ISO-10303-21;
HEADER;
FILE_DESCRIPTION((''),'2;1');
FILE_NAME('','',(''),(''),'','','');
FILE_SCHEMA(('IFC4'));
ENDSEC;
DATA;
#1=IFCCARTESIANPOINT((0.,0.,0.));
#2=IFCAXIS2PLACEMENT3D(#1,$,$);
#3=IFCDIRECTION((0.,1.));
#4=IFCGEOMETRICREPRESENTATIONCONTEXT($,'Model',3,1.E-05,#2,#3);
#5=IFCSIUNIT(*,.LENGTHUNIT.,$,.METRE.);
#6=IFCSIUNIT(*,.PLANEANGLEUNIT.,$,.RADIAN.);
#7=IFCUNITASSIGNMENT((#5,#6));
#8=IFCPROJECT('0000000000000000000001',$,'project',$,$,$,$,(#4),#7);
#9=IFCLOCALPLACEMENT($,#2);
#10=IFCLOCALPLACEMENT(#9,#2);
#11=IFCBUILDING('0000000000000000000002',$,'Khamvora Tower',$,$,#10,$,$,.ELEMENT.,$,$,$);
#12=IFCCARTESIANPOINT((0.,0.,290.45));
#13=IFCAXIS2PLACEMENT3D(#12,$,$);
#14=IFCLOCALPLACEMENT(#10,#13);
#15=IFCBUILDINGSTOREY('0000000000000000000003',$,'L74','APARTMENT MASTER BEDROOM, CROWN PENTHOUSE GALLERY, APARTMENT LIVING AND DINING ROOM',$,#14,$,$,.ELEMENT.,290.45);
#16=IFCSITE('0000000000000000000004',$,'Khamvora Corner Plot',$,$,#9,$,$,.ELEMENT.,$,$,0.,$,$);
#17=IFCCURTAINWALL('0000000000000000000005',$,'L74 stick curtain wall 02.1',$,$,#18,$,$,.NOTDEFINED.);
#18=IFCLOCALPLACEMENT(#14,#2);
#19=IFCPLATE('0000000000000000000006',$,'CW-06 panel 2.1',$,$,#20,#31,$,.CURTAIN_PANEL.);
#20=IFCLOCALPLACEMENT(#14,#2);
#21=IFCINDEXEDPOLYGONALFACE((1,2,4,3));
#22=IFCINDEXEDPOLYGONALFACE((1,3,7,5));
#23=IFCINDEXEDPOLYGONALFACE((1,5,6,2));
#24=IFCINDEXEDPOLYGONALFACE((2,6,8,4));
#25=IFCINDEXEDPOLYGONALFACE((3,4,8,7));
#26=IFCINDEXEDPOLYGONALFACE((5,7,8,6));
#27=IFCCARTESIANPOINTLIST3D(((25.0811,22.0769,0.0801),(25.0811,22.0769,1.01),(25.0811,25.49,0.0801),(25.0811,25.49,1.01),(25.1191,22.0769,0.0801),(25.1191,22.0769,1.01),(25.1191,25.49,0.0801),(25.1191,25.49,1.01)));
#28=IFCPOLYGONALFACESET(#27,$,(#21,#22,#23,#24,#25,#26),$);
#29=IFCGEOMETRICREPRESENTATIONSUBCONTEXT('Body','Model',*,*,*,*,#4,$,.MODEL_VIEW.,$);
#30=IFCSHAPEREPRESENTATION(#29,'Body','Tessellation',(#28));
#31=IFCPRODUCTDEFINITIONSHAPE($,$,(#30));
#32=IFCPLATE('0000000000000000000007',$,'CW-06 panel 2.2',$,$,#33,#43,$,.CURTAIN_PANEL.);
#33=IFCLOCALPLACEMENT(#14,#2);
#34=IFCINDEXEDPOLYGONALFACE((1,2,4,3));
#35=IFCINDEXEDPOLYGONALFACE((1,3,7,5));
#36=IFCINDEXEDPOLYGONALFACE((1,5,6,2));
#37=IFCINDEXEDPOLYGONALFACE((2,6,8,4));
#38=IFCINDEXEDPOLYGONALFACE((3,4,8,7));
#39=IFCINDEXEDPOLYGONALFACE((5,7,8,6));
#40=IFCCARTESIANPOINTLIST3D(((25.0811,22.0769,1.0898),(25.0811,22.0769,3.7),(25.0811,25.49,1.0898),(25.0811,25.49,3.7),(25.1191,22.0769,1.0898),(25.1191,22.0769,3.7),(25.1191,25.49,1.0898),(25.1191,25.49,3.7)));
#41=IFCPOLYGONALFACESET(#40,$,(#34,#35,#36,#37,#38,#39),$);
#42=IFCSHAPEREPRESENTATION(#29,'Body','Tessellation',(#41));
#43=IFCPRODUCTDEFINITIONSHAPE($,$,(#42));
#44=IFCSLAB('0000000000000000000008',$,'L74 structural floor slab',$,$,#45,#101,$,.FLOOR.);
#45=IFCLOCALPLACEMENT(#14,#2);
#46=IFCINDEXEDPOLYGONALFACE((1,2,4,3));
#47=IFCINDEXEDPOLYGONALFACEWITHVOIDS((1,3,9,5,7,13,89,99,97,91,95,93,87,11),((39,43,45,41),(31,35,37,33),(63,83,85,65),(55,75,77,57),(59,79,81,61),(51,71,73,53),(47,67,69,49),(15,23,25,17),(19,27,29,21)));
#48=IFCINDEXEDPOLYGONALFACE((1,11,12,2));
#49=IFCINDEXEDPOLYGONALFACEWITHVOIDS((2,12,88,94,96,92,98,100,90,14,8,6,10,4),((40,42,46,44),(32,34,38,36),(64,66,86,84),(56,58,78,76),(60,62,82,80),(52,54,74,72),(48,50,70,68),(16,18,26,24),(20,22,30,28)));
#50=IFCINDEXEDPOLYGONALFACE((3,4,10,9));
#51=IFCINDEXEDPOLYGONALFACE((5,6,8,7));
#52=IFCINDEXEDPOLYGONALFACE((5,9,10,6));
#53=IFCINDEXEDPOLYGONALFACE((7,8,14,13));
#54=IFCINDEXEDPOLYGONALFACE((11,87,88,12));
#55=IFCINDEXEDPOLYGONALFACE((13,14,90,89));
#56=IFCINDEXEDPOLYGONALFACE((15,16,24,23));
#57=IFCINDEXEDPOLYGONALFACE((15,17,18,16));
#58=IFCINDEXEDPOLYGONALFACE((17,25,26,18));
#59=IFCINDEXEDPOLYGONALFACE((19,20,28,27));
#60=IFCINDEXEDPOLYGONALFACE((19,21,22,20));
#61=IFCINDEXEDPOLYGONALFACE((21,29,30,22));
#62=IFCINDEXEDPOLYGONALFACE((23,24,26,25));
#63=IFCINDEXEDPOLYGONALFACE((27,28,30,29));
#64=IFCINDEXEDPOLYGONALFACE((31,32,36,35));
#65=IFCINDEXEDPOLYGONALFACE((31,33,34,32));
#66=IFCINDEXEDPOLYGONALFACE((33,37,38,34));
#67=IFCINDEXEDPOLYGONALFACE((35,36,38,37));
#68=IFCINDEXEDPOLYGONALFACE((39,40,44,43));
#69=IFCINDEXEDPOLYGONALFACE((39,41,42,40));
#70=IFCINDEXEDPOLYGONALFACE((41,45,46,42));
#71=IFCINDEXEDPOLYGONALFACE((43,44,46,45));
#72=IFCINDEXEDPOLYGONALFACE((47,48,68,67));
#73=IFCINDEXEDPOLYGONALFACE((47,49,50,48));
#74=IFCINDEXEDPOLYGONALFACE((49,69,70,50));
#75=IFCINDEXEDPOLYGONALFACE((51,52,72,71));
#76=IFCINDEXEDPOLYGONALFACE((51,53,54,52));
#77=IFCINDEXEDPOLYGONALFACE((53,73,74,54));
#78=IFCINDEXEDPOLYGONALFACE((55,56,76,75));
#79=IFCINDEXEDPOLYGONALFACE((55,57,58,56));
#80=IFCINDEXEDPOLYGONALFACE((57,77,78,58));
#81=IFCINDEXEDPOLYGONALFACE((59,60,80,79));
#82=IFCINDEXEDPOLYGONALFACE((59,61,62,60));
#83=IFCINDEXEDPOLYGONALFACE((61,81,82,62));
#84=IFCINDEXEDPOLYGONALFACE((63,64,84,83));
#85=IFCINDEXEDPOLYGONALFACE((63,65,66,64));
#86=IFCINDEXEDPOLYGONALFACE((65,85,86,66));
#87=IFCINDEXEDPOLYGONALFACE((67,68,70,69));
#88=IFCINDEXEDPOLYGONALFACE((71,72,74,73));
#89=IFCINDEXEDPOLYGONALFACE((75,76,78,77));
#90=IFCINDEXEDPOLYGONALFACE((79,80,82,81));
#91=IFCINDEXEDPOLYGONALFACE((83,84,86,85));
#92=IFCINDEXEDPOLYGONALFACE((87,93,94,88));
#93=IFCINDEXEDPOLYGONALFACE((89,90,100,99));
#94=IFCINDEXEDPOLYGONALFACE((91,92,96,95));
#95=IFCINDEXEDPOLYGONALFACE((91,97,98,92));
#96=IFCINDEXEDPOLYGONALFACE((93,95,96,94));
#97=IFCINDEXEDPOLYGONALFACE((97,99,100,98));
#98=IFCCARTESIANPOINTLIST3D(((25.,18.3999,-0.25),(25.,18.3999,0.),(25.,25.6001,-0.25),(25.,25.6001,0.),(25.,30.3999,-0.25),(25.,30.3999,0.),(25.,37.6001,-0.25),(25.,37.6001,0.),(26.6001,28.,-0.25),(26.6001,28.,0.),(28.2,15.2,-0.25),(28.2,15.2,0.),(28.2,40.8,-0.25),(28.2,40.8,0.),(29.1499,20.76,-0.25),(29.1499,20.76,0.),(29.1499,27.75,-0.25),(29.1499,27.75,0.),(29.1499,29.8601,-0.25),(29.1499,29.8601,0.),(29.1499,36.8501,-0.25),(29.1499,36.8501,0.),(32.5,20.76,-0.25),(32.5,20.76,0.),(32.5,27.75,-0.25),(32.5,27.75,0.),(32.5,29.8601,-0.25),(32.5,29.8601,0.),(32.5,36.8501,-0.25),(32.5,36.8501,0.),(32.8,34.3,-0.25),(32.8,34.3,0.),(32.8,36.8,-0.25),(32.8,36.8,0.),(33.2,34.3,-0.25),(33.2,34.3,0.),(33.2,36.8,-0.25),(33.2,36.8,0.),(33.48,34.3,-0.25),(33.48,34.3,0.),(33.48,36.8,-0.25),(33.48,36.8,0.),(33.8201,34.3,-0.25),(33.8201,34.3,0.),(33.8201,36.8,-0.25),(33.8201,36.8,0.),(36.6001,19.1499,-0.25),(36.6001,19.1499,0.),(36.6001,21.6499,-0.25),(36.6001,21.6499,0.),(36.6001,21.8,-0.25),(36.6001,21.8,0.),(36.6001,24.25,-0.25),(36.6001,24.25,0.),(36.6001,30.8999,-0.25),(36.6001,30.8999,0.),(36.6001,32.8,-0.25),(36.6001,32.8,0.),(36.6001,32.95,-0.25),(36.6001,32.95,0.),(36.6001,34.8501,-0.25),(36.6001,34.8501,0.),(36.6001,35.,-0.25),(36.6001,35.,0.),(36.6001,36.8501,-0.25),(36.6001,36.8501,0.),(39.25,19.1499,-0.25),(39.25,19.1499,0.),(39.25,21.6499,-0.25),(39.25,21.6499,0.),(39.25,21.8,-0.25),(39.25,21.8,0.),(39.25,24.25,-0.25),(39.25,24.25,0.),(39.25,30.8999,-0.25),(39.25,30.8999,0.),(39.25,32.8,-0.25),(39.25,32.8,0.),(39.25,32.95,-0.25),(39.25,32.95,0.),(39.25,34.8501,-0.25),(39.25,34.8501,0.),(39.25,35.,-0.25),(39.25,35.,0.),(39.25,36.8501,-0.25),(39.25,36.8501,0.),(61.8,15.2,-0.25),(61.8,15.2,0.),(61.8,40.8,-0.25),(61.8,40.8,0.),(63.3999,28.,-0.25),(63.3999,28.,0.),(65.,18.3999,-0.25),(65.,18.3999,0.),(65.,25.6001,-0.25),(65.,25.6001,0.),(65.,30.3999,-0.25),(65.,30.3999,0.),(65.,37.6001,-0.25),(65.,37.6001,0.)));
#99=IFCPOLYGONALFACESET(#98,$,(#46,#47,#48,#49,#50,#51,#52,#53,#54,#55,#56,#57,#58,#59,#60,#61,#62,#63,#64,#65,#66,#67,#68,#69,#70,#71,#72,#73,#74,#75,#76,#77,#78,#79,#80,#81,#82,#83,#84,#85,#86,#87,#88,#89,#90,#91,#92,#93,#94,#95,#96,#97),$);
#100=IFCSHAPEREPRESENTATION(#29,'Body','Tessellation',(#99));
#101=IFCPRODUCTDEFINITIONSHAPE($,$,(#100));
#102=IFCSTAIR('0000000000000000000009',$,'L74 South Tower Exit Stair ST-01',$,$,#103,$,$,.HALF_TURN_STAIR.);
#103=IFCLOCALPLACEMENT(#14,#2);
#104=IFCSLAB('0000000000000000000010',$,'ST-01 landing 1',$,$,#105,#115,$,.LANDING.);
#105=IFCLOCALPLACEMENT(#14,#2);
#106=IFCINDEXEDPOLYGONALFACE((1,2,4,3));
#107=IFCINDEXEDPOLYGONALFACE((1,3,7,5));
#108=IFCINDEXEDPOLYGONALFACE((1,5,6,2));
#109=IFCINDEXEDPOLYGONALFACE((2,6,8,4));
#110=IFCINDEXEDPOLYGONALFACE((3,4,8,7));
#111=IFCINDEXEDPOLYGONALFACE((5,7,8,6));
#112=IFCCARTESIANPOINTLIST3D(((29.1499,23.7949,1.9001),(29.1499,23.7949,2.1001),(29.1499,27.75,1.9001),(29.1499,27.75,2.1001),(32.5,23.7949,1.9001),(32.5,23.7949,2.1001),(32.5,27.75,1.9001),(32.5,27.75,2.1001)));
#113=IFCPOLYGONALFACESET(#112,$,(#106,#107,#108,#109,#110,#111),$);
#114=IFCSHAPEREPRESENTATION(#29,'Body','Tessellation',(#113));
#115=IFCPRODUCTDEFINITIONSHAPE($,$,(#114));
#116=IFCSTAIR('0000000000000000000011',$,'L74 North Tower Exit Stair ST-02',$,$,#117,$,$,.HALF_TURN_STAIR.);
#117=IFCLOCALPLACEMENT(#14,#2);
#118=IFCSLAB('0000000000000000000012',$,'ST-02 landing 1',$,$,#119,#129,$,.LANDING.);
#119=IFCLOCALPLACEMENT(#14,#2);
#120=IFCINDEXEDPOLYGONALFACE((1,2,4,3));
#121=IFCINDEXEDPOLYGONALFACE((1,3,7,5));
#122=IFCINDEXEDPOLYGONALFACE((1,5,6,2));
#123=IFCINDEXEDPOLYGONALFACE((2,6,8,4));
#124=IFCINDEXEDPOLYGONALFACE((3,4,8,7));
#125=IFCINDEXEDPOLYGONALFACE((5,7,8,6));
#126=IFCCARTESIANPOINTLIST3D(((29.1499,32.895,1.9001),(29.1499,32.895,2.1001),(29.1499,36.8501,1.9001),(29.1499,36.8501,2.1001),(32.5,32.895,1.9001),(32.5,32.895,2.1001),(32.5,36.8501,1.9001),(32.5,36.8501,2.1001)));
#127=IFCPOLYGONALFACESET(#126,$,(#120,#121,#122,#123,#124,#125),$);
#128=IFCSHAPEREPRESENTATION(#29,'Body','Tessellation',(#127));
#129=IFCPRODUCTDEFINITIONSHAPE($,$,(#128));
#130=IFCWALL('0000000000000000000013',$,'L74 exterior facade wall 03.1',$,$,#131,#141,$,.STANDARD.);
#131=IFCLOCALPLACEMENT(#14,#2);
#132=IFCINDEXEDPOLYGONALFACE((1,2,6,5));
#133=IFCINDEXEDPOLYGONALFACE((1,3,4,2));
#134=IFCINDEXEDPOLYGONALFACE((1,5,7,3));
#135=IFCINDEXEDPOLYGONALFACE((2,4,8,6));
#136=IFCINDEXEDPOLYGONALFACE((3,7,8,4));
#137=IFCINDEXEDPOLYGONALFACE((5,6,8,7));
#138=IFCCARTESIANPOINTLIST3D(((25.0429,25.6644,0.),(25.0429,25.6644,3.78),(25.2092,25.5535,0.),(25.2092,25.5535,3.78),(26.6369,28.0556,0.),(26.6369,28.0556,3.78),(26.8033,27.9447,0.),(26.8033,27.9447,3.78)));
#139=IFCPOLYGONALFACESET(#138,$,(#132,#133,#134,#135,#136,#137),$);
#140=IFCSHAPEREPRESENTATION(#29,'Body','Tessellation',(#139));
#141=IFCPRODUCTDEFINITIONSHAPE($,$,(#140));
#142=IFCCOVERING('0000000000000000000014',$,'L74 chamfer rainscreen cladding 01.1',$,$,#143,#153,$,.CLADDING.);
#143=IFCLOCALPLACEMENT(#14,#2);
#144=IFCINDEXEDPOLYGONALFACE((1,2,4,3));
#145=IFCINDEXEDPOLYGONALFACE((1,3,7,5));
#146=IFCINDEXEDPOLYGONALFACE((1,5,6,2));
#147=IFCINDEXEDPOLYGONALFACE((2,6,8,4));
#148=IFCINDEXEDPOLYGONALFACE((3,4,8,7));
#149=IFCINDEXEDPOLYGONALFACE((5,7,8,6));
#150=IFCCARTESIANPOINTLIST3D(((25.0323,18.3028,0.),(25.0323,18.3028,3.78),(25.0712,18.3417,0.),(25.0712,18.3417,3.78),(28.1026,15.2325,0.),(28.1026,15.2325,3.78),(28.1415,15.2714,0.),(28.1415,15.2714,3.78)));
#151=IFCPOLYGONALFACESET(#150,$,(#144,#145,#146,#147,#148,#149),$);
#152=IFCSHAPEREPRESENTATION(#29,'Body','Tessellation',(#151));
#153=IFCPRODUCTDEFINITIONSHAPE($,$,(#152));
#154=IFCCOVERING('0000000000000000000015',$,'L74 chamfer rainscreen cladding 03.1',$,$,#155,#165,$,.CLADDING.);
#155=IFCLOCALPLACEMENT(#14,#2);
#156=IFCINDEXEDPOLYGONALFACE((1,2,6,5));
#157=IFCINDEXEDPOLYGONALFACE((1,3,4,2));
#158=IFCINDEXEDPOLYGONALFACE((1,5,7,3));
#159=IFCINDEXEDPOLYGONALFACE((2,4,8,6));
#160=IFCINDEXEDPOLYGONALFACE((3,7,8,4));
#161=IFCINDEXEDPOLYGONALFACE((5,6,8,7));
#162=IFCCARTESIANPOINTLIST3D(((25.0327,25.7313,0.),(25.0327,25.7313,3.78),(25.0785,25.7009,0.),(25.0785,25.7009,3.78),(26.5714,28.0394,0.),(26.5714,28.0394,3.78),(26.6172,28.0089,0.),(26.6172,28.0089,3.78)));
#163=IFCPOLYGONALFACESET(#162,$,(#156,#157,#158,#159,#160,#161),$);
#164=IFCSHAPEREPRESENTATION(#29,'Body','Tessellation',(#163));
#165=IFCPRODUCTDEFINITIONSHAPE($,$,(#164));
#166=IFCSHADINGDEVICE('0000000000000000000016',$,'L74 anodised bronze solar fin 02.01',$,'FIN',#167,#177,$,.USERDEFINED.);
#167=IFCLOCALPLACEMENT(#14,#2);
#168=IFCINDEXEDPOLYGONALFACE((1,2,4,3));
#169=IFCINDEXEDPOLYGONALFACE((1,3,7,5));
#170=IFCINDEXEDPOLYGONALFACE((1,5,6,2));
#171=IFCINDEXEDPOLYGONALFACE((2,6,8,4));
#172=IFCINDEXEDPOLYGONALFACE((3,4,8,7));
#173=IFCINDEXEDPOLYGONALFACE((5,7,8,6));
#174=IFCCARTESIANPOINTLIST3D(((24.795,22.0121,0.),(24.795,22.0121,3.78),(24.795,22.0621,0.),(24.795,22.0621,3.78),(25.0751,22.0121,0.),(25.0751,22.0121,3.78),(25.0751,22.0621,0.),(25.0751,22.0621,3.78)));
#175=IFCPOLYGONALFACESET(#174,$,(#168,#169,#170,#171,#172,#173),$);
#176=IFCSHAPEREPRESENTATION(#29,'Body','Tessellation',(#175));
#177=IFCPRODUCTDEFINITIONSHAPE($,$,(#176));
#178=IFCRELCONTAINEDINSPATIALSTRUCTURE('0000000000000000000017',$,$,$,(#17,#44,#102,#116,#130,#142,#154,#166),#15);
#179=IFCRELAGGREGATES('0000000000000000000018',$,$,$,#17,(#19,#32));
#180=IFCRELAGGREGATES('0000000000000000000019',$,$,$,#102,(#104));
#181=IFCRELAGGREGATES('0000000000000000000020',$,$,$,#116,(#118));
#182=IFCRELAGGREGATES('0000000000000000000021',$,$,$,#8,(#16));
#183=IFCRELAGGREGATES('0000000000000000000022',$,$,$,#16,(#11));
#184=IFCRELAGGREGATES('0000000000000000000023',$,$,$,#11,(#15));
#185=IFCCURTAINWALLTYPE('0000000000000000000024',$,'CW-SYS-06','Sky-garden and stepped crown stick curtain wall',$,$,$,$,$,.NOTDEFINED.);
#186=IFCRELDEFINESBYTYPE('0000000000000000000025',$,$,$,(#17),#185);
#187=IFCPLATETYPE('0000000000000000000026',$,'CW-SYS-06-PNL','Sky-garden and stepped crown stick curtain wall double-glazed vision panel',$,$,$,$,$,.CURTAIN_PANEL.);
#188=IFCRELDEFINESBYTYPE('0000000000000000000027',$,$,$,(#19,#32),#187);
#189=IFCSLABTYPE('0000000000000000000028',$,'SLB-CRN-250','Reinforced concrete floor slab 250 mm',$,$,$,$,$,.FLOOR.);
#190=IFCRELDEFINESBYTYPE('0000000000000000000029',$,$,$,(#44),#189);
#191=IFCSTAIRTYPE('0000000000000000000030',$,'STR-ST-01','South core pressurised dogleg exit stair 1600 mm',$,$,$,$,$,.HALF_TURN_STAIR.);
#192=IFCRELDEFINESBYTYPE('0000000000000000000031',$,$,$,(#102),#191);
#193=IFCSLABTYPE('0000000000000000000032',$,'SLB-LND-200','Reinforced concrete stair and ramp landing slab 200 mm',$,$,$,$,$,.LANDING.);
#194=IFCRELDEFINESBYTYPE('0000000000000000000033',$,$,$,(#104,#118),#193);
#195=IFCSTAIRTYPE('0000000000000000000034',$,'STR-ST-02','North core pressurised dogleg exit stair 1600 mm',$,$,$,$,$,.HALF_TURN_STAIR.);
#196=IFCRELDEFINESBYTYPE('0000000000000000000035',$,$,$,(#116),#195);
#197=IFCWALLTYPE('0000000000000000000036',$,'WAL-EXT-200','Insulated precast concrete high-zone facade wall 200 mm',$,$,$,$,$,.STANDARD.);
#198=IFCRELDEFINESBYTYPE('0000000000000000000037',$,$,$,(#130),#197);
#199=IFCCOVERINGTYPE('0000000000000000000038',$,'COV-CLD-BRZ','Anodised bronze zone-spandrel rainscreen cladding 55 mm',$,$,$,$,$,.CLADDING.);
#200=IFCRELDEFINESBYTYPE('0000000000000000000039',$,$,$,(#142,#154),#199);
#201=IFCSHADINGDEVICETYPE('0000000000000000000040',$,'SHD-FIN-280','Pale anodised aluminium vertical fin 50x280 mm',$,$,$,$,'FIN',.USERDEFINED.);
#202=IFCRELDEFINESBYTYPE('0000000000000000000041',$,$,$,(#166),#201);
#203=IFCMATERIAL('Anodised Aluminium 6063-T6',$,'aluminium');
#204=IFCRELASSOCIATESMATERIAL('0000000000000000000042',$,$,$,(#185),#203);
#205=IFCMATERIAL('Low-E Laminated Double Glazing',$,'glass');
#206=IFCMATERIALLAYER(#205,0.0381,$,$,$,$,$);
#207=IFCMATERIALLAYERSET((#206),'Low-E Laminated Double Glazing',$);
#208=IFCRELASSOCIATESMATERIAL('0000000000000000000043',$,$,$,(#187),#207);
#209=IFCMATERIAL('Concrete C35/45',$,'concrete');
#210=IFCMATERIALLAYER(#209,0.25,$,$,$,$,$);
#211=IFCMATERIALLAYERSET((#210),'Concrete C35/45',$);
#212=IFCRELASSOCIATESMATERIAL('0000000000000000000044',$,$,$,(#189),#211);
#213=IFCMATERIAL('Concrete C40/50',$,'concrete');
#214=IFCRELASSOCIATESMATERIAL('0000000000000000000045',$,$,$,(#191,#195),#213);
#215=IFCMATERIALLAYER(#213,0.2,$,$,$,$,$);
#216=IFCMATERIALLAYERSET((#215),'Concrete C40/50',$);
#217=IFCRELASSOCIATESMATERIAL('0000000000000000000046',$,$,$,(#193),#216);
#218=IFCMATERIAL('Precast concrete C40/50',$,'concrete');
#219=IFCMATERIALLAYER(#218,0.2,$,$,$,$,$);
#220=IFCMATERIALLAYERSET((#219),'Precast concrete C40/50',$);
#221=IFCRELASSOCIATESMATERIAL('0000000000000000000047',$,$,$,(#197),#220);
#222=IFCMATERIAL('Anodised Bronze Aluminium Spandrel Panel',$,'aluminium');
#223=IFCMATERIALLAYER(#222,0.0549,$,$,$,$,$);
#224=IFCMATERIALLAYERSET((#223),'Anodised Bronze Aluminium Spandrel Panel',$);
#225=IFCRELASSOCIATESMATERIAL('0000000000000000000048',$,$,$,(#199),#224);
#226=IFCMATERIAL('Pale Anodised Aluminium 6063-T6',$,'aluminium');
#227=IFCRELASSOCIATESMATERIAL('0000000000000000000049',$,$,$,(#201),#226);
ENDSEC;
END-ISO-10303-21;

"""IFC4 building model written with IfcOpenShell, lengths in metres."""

from ifc_helpers import new_model, si_unit, direction, frame, frame_2d, origin, origin_2d, place, context, subcontext, project, spatial, polyline, rectangle, outline, extrude, material, layer, layer_set, type_object, element, aggregate, save


model = new_model("IFC4")

# Units and contexts
model_context = context("Model", 3, precision=1e-05, world=origin(), true_north=direction((0.0, 1.0)))
body_context = subcontext(model_context, "Body", "Model", "MODEL_VIEW")
ifc_project = project(units=[si_unit("LENGTHUNIT", "METRE"), si_unit("PLANEANGLEUNIT", "RADIAN")], contexts=[model_context])

# Site, building, storey
site_placement = place(None, origin())
site = spatial("IfcSite", under=ifc_project, at=site_placement, Name="Khamvora Corner Plot", CompositionType="ELEMENT", RefElevation=0.0)
building_placement = place(site_placement, origin())
building = spatial("IfcBuilding", under=site, at=building_placement, Name="Khamvora Tower", CompositionType="ELEMENT")
storey_placement = place(building_placement, frame((0.0, 0.0, 290.45)))
storey = spatial("IfcBuildingStorey", under=building, at=storey_placement, Name="L74", Description="APARTMENT MASTER BEDROOM, CROWN PENTHOUSE GALLERY, APARTMENT LIVING AND DINING ROOM", CompositionType="ELEMENT", Elevation=290.45)

# Curtain wall, plates
ifc_material_1 = material(Name="Anodised Aluminium 6063-T6", Category="aluminium")
curtain_wall_type = type_object("IfcCurtainWallType", Name="CW-SYS-06", Description="Sky-garden and stepped crown stick curtain wall", PredefinedType="NOTDEFINED", material=ifc_material_1)
curtain_wall_placement = place(storey_placement, origin())
curtain_wall = element("IfcCurtainWall", 1, at=curtain_wall_placement, inside=storey, type_object=curtain_wall_type, Name="L74 stick curtain wall 02.1", PredefinedType="NOTDEFINED")
ifc_material_2 = material(Name="Low-E Laminated Double Glazing", Category="glass")
ifc_layer_1 = layer(ifc_material_2, 0.0381)
ifc_layer_set_1 = layer_set([ifc_layer_1], Name="Low-E Laminated Double Glazing")
plate_type = type_object("IfcPlateType", Name="CW-SYS-06-PNL", Description="Sky-garden and stepped crown stick curtain wall double-glazed vision panel", PredefinedType="CURTAIN_PANEL", material=ifc_layer_set_1)
plate_1_placement = place(storey_placement, frame((25.1001, 23.7834, 0.0801), z_axis=(0.0, 0.0, 1.0), x_axis=(0.0, 1.0, 0.0)))
plate_1 = element("IfcPlate", 2, at=plate_1_placement, type_object=plate_type, Name="CW-06 panel 2.1", PredefinedType="CURTAIN_PANEL", context=body_context, shape_type="SweptSolid", body=[
    extrude(rectangle(XDim=3.4131, YDim=0.0381, at=origin_2d()), origin(), (0.0, 0.0, 1.0), 0.9299),
])
plate_2_placement = place(storey_placement, frame((25.1001, 23.7834, 1.0898), z_axis=(0.0, 0.0, 1.0), x_axis=(0.0, 1.0, 0.0)))
plate_2 = element("IfcPlate", 3, at=plate_2_placement, type_object=plate_type, Name="CW-06 panel 2.2", PredefinedType="CURTAIN_PANEL", context=body_context, shape_type="SweptSolid", body=[
    extrude(rectangle(XDim=3.4131, YDim=0.0381, at=origin_2d()), origin(), (0.0, 0.0, 1.0), 2.6101),
])
aggregate(curtain_wall, [plate_1, plate_2])

# Slab
ifc_material_3 = material(Name="Concrete C35/45", Category="concrete")
ifc_layer_2 = layer(ifc_material_3, 0.25)
ifc_layer_set_2 = layer_set([ifc_layer_2], Name="Concrete C35/45")
slab_type_1 = type_object("IfcSlabType", Name="SLB-CRN-250", Description="Reinforced concrete floor slab 250 mm", PredefinedType="FLOOR", material=ifc_layer_set_2)
slab_1_placement = place(storey_placement, frame((0.0, 0.0, -0.25)))
element("IfcSlab", 4, at=slab_1_placement, inside=storey, type_object=slab_type_1, Name="L74 structural floor slab", PredefinedType="FLOOR", context=body_context, shape_type="SweptSolid", body=[
    extrude(outline(polyline([(28.2, 15.2), (61.8, 15.2), (65.0, 18.3999), (65.0, 25.6001), (63.3999, 28.0), (65.0, 30.3999), (65.0, 37.6001), (61.8, 40.8), (28.2, 40.8), (25.0, 37.6001), (25.0, 30.3999), (26.6001, 28.0), (25.0, 25.6001), (25.0, 18.3999), (28.2, 15.2)]), holes=[polyline([(32.5, 20.76), (32.5, 27.75), (29.1499, 27.75), (29.1499, 20.76), (32.5, 20.76)]), polyline([(32.5, 29.8601), (32.5, 36.8501), (29.1499, 36.8501), (29.1499, 29.8601), (32.5, 29.8601)]), polyline([(36.6001, 19.1499), (39.25, 19.1499), (39.25, 21.6499), (36.6001, 21.6499), (36.6001, 19.1499)]), polyline([(36.6001, 21.8), (39.25, 21.8), (39.25, 24.25), (36.6001, 24.25), (36.6001, 21.8)]), polyline([(36.6001, 30.8999), (39.25, 30.8999), (39.25, 32.8), (36.6001, 32.8), (36.6001, 30.8999)]), polyline([(36.6001, 32.95), (39.25, 32.95), (39.25, 34.8501), (36.6001, 34.8501), (36.6001, 32.95)]), polyline([(36.6001, 35.0), (39.25, 35.0), (39.25, 36.8501), (36.6001, 36.8501), (36.6001, 35.0)]), polyline([(32.8, 34.3), (33.2, 34.3), (33.2, 36.8), (32.8, 36.8), (32.8, 34.3)]), polyline([(33.48, 34.3), (33.8201, 34.3), (33.8201, 36.8), (33.48, 36.8), (33.48, 34.3)])]), origin(), (0.0, 0.0, 1.0), 0.25),
])

# Stairs, slabs
ifc_material_4 = material(Name="Concrete C40/50", Category="concrete")
stair_type_1 = type_object("IfcStairType", Name="STR-ST-01", Description="South core pressurised dogleg exit stair 1600 mm", PredefinedType="HALF_TURN_STAIR", material=ifc_material_4)
stair_1_placement = place(storey_placement, origin())
stair_1 = element("IfcStair", 5, at=stair_1_placement, inside=storey, type_object=stair_type_1, Name="L74 South Tower Exit Stair ST-01", PredefinedType="HALF_TURN_STAIR")
ifc_layer_3 = layer(ifc_material_4, 0.2)
ifc_layer_set_3 = layer_set([ifc_layer_3], Name="Concrete C40/50")
slab_type_2 = type_object("IfcSlabType", Name="SLB-LND-200", Description="Reinforced concrete stair and ramp landing slab 200 mm", PredefinedType="LANDING", material=ifc_layer_set_3)
slab_2_placement = place(storey_placement, frame((0.0, 0.0, 1.9001)))
slab_2 = element("IfcSlab", 6, at=slab_2_placement, type_object=slab_type_2, Name="ST-01 landing 1", PredefinedType="LANDING", context=body_context, shape_type="SweptSolid", body=[
    extrude(outline(polyline([(32.5, 23.7949), (32.5, 27.75), (29.1499, 27.75), (29.1499, 23.7949), (32.5, 23.7949)])), origin(), (0.0, 0.0, 1.0), 0.2),
])
aggregate(stair_1, [slab_2])
stair_type_2 = type_object("IfcStairType", Name="STR-ST-02", Description="North core pressurised dogleg exit stair 1600 mm", PredefinedType="HALF_TURN_STAIR", material=ifc_material_4)
stair_2_placement = place(storey_placement, origin())
stair_2 = element("IfcStair", 7, at=stair_2_placement, inside=storey, type_object=stair_type_2, Name="L74 North Tower Exit Stair ST-02", PredefinedType="HALF_TURN_STAIR")
slab_3_placement = place(storey_placement, frame((0.0, 0.0, 1.9001)))
slab_3 = element("IfcSlab", 8, at=slab_3_placement, type_object=slab_type_2, Name="ST-02 landing 1", PredefinedType="LANDING", context=body_context, shape_type="SweptSolid", body=[
    extrude(outline(polyline([(32.5, 32.895), (32.5, 36.8501), (29.1499, 36.8501), (29.1499, 32.895), (32.5, 32.895)])), origin(), (0.0, 0.0, 1.0), 0.2),
])
aggregate(stair_2, [slab_3])

# Wall
ifc_material_5 = material(Name="Precast concrete C40/50", Category="concrete")
ifc_layer_4 = layer(ifc_material_5, 0.2)
ifc_layer_set_4 = layer_set([ifc_layer_4], Name="Precast concrete C40/50")
wall_type = type_object("IfcWallType", Name="WAL-EXT-200", Description="Insulated precast concrete high-zone facade wall 200 mm", PredefinedType="STANDARD", material=ifc_layer_set_4)
wall_placement = place(storey_placement, frame((25.126, 25.6089, 0.0), z_axis=(0.0, 0.0, 1.0), x_axis=(0.554681, 0.832063, 0.0)))
element("IfcWall", 9, at=wall_placement, inside=storey, type_object=wall_type, Name="L74 exterior facade wall 03.1", PredefinedType="STANDARD", context=body_context, shape_type="SweptSolid", body=[
    extrude(rectangle(XDim=2.8738, YDim=0.2, at=frame_2d((1.437, 0.0))), origin(), (0.0, 0.0, 1.0), 3.78),
])

# Coverings
ifc_material_6 = material(Name="Anodised Bronze Aluminium Spandrel Panel", Category="aluminium")
ifc_layer_5 = layer(ifc_material_6, 0.0549)
ifc_layer_set_5 = layer_set([ifc_layer_5], Name="Anodised Bronze Aluminium Spandrel Panel")
covering_type = type_object("IfcCoveringType", Name="COV-CLD-BRZ", Description="Anodised bronze zone-spandrel rainscreen cladding 55 mm", PredefinedType="CLADDING", material=ifc_layer_set_5)
covering_1_placement = place(storey_placement, frame((26.5869, 16.7871, 0.0), z_axis=(0.0, 0.0, 1.0), x_axis=(-0.707107, 0.707107, 0.0)))
element("IfcCovering", 10, at=covering_1_placement, inside=storey, type_object=covering_type, Name="L74 chamfer rainscreen cladding 01.1", PredefinedType="CLADDING", context=body_context, shape_type="SweptSolid", body=[
    extrude(rectangle(XDim=4.342, YDim=0.0549, at=origin_2d()), origin(), (0.0, 0.0, 1.0), 3.78),
])
covering_2_placement = place(storey_placement, frame((25.825, 26.8701, 0.0), z_axis=(0.0, 0.0, 1.0), x_axis=(0.5547, 0.83205, 0.0)))
element("IfcCovering", 11, at=covering_2_placement, inside=storey, type_object=covering_type, Name="L74 chamfer rainscreen cladding 03.1", PredefinedType="CLADDING", context=body_context, shape_type="SweptSolid", body=[
    extrude(rectangle(XDim=2.7739, YDim=0.0549, at=origin_2d()), origin(), (0.0, 0.0, 1.0), 3.78),
])

# Shading device
ifc_material_7 = material(Name="Pale Anodised Aluminium 6063-T6", Category="aluminium")
shading_device_type = type_object("IfcShadingDeviceType", Name="SHD-FIN-280", Description="Pale anodised aluminium vertical fin 50x280 mm", ElementType="FIN", PredefinedType="USERDEFINED", material=ifc_material_7)
shading_device_placement = place(storey_placement, frame((24.9351, 22.0371, 0.0), z_axis=(0.0, 0.0, 1.0), x_axis=(0.0, 1.0, 0.0)))
element("IfcShadingDevice", 12, at=shading_device_placement, inside=storey, type_object=shading_device_type, Name="L74 anodised bronze solar fin 02.01", ObjectType="FIN", PredefinedType="USERDEFINED", context=body_context, shape_type="SweptSolid", body=[
    extrude(rectangle(XDim=0.05, YDim=0.28, at=origin_2d()), origin(), (0.0, 0.0, 1.0), 3.78),
])

save(model, "model.ifc")
